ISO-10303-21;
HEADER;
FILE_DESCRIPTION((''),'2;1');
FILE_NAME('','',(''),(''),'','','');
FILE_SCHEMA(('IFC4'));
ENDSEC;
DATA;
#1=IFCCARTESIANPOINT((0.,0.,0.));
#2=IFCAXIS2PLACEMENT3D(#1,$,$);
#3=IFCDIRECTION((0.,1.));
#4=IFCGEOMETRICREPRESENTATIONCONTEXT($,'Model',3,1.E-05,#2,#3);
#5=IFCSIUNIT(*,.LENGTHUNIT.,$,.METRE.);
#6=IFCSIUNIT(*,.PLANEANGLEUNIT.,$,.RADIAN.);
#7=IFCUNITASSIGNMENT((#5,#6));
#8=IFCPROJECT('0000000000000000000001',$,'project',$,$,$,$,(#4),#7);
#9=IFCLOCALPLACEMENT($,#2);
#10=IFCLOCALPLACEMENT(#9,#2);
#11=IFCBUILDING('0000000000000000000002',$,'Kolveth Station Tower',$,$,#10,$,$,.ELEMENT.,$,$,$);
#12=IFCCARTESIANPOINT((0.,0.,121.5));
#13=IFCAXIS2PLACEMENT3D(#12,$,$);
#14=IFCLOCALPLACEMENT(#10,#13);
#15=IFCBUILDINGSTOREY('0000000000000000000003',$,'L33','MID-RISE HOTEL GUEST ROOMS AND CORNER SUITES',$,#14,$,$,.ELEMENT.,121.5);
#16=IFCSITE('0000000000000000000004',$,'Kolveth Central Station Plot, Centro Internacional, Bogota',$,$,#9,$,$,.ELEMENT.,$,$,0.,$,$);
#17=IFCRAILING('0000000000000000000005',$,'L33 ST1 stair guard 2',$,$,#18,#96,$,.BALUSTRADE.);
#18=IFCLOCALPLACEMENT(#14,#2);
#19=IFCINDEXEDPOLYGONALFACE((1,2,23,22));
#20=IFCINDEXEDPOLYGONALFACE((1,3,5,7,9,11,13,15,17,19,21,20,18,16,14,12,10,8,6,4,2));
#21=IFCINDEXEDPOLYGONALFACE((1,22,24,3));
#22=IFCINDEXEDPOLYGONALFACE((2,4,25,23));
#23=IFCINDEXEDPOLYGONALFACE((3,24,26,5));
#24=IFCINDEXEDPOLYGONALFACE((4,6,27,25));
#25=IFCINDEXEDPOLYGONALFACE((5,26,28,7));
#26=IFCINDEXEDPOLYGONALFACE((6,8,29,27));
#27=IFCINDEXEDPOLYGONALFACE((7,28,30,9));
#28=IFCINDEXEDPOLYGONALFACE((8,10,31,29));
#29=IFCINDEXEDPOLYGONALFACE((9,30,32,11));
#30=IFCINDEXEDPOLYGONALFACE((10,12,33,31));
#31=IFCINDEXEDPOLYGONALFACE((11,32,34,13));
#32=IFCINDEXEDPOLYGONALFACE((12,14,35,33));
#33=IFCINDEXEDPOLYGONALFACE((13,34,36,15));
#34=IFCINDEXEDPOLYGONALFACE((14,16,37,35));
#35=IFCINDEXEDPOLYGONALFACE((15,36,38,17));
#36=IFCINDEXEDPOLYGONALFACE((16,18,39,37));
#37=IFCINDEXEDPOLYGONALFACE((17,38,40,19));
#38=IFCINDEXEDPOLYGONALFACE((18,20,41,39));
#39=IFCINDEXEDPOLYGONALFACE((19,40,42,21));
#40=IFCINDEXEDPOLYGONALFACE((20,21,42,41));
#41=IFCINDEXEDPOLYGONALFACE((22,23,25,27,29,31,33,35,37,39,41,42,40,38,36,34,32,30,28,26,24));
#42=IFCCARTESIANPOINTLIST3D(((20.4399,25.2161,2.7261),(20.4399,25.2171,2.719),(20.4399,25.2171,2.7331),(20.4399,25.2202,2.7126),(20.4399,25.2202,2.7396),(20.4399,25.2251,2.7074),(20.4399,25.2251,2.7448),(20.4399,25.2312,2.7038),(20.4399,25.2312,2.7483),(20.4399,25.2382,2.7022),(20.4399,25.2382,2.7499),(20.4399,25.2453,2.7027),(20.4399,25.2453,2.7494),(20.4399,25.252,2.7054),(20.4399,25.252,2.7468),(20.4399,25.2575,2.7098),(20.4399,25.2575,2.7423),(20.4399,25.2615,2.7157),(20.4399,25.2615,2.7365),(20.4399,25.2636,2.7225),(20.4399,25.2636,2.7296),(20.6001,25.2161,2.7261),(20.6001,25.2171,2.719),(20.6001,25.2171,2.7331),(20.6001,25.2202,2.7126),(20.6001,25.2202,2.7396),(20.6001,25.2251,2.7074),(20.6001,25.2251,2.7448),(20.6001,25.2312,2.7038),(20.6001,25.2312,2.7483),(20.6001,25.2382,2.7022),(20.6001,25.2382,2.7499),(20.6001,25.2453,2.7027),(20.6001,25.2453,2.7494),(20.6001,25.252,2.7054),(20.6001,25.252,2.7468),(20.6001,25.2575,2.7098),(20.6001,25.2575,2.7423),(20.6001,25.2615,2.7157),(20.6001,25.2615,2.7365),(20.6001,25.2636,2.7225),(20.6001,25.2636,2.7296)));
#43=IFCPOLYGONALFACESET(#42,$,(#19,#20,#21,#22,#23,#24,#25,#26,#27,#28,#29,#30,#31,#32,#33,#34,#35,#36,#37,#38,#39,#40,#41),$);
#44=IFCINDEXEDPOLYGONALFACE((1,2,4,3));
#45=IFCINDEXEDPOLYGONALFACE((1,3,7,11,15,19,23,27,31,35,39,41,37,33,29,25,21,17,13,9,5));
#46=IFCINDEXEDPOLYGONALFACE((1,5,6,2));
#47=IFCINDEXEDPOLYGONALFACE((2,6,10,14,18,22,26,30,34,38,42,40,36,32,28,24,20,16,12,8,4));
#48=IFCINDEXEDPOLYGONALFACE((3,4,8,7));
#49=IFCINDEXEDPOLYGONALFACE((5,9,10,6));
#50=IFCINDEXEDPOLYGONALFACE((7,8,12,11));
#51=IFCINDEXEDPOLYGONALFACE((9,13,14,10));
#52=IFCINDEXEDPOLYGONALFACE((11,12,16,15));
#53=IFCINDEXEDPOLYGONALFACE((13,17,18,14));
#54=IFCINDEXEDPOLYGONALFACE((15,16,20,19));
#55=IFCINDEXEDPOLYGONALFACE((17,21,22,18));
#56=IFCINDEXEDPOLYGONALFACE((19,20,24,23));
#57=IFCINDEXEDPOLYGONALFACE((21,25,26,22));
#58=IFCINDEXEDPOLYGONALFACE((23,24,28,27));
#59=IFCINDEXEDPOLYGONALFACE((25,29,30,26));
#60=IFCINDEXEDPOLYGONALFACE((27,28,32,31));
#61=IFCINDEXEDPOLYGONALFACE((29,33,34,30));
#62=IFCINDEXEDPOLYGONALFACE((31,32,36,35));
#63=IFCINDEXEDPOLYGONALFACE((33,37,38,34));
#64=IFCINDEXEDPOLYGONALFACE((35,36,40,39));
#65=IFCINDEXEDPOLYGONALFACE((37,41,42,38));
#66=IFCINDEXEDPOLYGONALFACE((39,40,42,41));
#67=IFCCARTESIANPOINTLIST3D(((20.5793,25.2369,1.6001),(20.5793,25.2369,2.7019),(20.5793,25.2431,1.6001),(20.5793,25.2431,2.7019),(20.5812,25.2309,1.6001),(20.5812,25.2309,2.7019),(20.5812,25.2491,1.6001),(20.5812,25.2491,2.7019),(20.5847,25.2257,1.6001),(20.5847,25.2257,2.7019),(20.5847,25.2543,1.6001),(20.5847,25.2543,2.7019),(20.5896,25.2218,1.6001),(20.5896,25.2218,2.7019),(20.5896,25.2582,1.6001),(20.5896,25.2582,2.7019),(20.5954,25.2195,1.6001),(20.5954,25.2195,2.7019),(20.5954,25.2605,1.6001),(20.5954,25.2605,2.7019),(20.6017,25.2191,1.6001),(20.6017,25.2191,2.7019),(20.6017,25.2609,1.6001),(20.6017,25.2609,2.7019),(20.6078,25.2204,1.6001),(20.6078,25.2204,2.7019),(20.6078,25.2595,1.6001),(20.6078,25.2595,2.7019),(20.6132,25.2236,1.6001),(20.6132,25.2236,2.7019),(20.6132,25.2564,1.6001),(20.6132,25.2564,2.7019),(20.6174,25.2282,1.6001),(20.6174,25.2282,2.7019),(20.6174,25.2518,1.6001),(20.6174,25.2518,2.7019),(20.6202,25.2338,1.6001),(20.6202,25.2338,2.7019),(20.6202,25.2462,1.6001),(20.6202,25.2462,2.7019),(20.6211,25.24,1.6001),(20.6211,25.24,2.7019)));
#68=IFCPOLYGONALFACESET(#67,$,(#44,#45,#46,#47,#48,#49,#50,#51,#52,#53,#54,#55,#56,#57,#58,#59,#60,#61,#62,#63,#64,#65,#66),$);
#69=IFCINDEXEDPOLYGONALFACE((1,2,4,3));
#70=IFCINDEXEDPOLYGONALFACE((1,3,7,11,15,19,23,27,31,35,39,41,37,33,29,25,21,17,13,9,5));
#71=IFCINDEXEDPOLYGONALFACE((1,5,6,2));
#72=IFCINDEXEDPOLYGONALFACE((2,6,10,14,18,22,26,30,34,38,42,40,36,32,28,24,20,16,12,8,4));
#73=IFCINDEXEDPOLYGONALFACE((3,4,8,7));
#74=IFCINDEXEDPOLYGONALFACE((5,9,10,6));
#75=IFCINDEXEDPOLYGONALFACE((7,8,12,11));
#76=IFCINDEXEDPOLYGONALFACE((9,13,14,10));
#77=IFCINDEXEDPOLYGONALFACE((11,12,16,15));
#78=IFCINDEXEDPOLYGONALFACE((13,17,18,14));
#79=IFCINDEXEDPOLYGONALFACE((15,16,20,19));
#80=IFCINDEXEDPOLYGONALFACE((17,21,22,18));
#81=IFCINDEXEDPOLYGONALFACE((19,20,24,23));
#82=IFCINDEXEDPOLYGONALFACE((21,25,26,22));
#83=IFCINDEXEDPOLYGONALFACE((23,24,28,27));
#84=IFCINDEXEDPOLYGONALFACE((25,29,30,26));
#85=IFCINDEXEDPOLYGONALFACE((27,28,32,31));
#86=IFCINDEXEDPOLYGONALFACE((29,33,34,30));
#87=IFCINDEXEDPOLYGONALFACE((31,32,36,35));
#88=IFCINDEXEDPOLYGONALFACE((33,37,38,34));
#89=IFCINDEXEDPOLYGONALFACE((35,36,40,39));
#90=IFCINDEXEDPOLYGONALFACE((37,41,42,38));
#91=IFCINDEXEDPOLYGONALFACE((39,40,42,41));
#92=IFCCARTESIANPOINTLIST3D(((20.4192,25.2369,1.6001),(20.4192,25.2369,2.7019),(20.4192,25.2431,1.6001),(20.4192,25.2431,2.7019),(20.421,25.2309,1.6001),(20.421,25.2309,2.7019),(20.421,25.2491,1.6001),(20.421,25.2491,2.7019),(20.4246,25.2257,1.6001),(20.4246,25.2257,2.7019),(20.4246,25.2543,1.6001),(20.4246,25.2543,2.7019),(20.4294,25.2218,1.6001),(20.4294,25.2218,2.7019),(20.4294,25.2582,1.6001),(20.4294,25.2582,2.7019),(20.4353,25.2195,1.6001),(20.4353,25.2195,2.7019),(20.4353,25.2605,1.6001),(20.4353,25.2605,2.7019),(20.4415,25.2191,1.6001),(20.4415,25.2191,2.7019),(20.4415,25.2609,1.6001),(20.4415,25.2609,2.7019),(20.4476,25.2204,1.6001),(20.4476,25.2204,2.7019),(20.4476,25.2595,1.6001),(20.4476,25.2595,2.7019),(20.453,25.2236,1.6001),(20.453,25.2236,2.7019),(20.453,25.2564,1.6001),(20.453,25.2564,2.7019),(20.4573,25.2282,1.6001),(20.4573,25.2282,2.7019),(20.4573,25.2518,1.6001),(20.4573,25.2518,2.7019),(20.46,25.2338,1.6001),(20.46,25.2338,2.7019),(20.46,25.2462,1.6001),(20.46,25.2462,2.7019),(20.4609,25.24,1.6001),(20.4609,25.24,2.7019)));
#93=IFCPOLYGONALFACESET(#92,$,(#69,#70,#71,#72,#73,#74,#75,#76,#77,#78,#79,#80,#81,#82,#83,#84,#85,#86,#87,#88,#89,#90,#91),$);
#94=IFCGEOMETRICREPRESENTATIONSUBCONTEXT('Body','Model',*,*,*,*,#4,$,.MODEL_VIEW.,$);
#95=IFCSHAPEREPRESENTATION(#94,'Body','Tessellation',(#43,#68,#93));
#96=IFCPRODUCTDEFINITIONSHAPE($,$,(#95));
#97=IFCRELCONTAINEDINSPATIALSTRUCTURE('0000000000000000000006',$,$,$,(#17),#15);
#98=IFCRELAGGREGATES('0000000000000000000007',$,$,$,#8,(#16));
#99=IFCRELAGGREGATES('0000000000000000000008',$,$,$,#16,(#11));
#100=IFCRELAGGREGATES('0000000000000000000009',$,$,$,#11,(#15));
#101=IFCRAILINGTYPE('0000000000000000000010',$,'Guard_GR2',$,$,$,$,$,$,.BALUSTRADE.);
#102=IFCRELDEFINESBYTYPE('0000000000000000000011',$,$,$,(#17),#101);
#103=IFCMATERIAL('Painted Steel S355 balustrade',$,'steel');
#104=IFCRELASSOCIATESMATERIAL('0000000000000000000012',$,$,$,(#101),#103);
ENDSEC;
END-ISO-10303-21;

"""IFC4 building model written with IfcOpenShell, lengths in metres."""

from ifc_helpers import new_model, si_unit, direction, frame, origin, origin_2d, place, context, subcontext, project, spatial, circle, extrude, material, type_object, element, save


model = new_model("IFC4")

# Units and contexts
model_context = context("Model", 3, precision=1e-05, world=origin(), true_north=direction((0.0, 1.0)))
body_context = subcontext(model_context, "Body", "Model", "MODEL_VIEW")
ifc_project = project(units=[si_unit("LENGTHUNIT", "METRE"), si_unit("PLANEANGLEUNIT", "RADIAN")], contexts=[model_context])

# Site, building, storey
site_placement = place(None, origin())
site = spatial("IfcSite", under=ifc_project, at=site_placement, Name="Kolveth Central Station Plot, Centro Internacional, Bogota", CompositionType="ELEMENT", RefElevation=0.0)
building_placement = place(site_placement, origin())
building = spatial("IfcBuilding", under=site, at=building_placement, Name="Kolveth Station Tower", CompositionType="ELEMENT")
storey_placement = place(building_placement, frame((0.0, 0.0, 121.5)))
storey = spatial("IfcBuildingStorey", under=building, at=storey_placement, Name="L33", Description="MID-RISE HOTEL GUEST ROOMS AND CORNER SUITES", CompositionType="ELEMENT", Elevation=121.5)

# Railing
ifc_material_1 = material(Name="Painted Steel S355 balustrade", Category="steel")
railing_type_1 = type_object("IfcRailingType", Name="Guard_GR2", PredefinedType="BALUSTRADE", material=ifc_material_1)
railing_1_placement = place(storey_placement, frame((20.6001, 25.24, 1.6001)))
element("IfcRailing", 1, at=railing_1_placement, inside=storey, type_object=railing_type_1, Name="L33 ST1 stair guard 2", PredefinedType="BALUSTRADE", context=body_context, shape_type="SweptSolid", body=[
    extrude(circle(Radius=0.0239, at=origin_2d()), frame((0.0, 0.0, 1.126), z_axis=(-1.0, 0.0, 0.0), x_axis=(0.0, -1.0, 0.0)), (0.0, 0.0, 1.0), 0.1602),
    extrude(circle(Radius=0.021, at=origin_2d()), origin(), (0.0, 0.0, 1.0), 1.1018),
    extrude(circle(Radius=0.021, at=origin_2d()), frame((-0.1602, 0.0, 0.0)), (0.0, 0.0, 1.0), 1.1018),
])

save(model, "model.ifc")
